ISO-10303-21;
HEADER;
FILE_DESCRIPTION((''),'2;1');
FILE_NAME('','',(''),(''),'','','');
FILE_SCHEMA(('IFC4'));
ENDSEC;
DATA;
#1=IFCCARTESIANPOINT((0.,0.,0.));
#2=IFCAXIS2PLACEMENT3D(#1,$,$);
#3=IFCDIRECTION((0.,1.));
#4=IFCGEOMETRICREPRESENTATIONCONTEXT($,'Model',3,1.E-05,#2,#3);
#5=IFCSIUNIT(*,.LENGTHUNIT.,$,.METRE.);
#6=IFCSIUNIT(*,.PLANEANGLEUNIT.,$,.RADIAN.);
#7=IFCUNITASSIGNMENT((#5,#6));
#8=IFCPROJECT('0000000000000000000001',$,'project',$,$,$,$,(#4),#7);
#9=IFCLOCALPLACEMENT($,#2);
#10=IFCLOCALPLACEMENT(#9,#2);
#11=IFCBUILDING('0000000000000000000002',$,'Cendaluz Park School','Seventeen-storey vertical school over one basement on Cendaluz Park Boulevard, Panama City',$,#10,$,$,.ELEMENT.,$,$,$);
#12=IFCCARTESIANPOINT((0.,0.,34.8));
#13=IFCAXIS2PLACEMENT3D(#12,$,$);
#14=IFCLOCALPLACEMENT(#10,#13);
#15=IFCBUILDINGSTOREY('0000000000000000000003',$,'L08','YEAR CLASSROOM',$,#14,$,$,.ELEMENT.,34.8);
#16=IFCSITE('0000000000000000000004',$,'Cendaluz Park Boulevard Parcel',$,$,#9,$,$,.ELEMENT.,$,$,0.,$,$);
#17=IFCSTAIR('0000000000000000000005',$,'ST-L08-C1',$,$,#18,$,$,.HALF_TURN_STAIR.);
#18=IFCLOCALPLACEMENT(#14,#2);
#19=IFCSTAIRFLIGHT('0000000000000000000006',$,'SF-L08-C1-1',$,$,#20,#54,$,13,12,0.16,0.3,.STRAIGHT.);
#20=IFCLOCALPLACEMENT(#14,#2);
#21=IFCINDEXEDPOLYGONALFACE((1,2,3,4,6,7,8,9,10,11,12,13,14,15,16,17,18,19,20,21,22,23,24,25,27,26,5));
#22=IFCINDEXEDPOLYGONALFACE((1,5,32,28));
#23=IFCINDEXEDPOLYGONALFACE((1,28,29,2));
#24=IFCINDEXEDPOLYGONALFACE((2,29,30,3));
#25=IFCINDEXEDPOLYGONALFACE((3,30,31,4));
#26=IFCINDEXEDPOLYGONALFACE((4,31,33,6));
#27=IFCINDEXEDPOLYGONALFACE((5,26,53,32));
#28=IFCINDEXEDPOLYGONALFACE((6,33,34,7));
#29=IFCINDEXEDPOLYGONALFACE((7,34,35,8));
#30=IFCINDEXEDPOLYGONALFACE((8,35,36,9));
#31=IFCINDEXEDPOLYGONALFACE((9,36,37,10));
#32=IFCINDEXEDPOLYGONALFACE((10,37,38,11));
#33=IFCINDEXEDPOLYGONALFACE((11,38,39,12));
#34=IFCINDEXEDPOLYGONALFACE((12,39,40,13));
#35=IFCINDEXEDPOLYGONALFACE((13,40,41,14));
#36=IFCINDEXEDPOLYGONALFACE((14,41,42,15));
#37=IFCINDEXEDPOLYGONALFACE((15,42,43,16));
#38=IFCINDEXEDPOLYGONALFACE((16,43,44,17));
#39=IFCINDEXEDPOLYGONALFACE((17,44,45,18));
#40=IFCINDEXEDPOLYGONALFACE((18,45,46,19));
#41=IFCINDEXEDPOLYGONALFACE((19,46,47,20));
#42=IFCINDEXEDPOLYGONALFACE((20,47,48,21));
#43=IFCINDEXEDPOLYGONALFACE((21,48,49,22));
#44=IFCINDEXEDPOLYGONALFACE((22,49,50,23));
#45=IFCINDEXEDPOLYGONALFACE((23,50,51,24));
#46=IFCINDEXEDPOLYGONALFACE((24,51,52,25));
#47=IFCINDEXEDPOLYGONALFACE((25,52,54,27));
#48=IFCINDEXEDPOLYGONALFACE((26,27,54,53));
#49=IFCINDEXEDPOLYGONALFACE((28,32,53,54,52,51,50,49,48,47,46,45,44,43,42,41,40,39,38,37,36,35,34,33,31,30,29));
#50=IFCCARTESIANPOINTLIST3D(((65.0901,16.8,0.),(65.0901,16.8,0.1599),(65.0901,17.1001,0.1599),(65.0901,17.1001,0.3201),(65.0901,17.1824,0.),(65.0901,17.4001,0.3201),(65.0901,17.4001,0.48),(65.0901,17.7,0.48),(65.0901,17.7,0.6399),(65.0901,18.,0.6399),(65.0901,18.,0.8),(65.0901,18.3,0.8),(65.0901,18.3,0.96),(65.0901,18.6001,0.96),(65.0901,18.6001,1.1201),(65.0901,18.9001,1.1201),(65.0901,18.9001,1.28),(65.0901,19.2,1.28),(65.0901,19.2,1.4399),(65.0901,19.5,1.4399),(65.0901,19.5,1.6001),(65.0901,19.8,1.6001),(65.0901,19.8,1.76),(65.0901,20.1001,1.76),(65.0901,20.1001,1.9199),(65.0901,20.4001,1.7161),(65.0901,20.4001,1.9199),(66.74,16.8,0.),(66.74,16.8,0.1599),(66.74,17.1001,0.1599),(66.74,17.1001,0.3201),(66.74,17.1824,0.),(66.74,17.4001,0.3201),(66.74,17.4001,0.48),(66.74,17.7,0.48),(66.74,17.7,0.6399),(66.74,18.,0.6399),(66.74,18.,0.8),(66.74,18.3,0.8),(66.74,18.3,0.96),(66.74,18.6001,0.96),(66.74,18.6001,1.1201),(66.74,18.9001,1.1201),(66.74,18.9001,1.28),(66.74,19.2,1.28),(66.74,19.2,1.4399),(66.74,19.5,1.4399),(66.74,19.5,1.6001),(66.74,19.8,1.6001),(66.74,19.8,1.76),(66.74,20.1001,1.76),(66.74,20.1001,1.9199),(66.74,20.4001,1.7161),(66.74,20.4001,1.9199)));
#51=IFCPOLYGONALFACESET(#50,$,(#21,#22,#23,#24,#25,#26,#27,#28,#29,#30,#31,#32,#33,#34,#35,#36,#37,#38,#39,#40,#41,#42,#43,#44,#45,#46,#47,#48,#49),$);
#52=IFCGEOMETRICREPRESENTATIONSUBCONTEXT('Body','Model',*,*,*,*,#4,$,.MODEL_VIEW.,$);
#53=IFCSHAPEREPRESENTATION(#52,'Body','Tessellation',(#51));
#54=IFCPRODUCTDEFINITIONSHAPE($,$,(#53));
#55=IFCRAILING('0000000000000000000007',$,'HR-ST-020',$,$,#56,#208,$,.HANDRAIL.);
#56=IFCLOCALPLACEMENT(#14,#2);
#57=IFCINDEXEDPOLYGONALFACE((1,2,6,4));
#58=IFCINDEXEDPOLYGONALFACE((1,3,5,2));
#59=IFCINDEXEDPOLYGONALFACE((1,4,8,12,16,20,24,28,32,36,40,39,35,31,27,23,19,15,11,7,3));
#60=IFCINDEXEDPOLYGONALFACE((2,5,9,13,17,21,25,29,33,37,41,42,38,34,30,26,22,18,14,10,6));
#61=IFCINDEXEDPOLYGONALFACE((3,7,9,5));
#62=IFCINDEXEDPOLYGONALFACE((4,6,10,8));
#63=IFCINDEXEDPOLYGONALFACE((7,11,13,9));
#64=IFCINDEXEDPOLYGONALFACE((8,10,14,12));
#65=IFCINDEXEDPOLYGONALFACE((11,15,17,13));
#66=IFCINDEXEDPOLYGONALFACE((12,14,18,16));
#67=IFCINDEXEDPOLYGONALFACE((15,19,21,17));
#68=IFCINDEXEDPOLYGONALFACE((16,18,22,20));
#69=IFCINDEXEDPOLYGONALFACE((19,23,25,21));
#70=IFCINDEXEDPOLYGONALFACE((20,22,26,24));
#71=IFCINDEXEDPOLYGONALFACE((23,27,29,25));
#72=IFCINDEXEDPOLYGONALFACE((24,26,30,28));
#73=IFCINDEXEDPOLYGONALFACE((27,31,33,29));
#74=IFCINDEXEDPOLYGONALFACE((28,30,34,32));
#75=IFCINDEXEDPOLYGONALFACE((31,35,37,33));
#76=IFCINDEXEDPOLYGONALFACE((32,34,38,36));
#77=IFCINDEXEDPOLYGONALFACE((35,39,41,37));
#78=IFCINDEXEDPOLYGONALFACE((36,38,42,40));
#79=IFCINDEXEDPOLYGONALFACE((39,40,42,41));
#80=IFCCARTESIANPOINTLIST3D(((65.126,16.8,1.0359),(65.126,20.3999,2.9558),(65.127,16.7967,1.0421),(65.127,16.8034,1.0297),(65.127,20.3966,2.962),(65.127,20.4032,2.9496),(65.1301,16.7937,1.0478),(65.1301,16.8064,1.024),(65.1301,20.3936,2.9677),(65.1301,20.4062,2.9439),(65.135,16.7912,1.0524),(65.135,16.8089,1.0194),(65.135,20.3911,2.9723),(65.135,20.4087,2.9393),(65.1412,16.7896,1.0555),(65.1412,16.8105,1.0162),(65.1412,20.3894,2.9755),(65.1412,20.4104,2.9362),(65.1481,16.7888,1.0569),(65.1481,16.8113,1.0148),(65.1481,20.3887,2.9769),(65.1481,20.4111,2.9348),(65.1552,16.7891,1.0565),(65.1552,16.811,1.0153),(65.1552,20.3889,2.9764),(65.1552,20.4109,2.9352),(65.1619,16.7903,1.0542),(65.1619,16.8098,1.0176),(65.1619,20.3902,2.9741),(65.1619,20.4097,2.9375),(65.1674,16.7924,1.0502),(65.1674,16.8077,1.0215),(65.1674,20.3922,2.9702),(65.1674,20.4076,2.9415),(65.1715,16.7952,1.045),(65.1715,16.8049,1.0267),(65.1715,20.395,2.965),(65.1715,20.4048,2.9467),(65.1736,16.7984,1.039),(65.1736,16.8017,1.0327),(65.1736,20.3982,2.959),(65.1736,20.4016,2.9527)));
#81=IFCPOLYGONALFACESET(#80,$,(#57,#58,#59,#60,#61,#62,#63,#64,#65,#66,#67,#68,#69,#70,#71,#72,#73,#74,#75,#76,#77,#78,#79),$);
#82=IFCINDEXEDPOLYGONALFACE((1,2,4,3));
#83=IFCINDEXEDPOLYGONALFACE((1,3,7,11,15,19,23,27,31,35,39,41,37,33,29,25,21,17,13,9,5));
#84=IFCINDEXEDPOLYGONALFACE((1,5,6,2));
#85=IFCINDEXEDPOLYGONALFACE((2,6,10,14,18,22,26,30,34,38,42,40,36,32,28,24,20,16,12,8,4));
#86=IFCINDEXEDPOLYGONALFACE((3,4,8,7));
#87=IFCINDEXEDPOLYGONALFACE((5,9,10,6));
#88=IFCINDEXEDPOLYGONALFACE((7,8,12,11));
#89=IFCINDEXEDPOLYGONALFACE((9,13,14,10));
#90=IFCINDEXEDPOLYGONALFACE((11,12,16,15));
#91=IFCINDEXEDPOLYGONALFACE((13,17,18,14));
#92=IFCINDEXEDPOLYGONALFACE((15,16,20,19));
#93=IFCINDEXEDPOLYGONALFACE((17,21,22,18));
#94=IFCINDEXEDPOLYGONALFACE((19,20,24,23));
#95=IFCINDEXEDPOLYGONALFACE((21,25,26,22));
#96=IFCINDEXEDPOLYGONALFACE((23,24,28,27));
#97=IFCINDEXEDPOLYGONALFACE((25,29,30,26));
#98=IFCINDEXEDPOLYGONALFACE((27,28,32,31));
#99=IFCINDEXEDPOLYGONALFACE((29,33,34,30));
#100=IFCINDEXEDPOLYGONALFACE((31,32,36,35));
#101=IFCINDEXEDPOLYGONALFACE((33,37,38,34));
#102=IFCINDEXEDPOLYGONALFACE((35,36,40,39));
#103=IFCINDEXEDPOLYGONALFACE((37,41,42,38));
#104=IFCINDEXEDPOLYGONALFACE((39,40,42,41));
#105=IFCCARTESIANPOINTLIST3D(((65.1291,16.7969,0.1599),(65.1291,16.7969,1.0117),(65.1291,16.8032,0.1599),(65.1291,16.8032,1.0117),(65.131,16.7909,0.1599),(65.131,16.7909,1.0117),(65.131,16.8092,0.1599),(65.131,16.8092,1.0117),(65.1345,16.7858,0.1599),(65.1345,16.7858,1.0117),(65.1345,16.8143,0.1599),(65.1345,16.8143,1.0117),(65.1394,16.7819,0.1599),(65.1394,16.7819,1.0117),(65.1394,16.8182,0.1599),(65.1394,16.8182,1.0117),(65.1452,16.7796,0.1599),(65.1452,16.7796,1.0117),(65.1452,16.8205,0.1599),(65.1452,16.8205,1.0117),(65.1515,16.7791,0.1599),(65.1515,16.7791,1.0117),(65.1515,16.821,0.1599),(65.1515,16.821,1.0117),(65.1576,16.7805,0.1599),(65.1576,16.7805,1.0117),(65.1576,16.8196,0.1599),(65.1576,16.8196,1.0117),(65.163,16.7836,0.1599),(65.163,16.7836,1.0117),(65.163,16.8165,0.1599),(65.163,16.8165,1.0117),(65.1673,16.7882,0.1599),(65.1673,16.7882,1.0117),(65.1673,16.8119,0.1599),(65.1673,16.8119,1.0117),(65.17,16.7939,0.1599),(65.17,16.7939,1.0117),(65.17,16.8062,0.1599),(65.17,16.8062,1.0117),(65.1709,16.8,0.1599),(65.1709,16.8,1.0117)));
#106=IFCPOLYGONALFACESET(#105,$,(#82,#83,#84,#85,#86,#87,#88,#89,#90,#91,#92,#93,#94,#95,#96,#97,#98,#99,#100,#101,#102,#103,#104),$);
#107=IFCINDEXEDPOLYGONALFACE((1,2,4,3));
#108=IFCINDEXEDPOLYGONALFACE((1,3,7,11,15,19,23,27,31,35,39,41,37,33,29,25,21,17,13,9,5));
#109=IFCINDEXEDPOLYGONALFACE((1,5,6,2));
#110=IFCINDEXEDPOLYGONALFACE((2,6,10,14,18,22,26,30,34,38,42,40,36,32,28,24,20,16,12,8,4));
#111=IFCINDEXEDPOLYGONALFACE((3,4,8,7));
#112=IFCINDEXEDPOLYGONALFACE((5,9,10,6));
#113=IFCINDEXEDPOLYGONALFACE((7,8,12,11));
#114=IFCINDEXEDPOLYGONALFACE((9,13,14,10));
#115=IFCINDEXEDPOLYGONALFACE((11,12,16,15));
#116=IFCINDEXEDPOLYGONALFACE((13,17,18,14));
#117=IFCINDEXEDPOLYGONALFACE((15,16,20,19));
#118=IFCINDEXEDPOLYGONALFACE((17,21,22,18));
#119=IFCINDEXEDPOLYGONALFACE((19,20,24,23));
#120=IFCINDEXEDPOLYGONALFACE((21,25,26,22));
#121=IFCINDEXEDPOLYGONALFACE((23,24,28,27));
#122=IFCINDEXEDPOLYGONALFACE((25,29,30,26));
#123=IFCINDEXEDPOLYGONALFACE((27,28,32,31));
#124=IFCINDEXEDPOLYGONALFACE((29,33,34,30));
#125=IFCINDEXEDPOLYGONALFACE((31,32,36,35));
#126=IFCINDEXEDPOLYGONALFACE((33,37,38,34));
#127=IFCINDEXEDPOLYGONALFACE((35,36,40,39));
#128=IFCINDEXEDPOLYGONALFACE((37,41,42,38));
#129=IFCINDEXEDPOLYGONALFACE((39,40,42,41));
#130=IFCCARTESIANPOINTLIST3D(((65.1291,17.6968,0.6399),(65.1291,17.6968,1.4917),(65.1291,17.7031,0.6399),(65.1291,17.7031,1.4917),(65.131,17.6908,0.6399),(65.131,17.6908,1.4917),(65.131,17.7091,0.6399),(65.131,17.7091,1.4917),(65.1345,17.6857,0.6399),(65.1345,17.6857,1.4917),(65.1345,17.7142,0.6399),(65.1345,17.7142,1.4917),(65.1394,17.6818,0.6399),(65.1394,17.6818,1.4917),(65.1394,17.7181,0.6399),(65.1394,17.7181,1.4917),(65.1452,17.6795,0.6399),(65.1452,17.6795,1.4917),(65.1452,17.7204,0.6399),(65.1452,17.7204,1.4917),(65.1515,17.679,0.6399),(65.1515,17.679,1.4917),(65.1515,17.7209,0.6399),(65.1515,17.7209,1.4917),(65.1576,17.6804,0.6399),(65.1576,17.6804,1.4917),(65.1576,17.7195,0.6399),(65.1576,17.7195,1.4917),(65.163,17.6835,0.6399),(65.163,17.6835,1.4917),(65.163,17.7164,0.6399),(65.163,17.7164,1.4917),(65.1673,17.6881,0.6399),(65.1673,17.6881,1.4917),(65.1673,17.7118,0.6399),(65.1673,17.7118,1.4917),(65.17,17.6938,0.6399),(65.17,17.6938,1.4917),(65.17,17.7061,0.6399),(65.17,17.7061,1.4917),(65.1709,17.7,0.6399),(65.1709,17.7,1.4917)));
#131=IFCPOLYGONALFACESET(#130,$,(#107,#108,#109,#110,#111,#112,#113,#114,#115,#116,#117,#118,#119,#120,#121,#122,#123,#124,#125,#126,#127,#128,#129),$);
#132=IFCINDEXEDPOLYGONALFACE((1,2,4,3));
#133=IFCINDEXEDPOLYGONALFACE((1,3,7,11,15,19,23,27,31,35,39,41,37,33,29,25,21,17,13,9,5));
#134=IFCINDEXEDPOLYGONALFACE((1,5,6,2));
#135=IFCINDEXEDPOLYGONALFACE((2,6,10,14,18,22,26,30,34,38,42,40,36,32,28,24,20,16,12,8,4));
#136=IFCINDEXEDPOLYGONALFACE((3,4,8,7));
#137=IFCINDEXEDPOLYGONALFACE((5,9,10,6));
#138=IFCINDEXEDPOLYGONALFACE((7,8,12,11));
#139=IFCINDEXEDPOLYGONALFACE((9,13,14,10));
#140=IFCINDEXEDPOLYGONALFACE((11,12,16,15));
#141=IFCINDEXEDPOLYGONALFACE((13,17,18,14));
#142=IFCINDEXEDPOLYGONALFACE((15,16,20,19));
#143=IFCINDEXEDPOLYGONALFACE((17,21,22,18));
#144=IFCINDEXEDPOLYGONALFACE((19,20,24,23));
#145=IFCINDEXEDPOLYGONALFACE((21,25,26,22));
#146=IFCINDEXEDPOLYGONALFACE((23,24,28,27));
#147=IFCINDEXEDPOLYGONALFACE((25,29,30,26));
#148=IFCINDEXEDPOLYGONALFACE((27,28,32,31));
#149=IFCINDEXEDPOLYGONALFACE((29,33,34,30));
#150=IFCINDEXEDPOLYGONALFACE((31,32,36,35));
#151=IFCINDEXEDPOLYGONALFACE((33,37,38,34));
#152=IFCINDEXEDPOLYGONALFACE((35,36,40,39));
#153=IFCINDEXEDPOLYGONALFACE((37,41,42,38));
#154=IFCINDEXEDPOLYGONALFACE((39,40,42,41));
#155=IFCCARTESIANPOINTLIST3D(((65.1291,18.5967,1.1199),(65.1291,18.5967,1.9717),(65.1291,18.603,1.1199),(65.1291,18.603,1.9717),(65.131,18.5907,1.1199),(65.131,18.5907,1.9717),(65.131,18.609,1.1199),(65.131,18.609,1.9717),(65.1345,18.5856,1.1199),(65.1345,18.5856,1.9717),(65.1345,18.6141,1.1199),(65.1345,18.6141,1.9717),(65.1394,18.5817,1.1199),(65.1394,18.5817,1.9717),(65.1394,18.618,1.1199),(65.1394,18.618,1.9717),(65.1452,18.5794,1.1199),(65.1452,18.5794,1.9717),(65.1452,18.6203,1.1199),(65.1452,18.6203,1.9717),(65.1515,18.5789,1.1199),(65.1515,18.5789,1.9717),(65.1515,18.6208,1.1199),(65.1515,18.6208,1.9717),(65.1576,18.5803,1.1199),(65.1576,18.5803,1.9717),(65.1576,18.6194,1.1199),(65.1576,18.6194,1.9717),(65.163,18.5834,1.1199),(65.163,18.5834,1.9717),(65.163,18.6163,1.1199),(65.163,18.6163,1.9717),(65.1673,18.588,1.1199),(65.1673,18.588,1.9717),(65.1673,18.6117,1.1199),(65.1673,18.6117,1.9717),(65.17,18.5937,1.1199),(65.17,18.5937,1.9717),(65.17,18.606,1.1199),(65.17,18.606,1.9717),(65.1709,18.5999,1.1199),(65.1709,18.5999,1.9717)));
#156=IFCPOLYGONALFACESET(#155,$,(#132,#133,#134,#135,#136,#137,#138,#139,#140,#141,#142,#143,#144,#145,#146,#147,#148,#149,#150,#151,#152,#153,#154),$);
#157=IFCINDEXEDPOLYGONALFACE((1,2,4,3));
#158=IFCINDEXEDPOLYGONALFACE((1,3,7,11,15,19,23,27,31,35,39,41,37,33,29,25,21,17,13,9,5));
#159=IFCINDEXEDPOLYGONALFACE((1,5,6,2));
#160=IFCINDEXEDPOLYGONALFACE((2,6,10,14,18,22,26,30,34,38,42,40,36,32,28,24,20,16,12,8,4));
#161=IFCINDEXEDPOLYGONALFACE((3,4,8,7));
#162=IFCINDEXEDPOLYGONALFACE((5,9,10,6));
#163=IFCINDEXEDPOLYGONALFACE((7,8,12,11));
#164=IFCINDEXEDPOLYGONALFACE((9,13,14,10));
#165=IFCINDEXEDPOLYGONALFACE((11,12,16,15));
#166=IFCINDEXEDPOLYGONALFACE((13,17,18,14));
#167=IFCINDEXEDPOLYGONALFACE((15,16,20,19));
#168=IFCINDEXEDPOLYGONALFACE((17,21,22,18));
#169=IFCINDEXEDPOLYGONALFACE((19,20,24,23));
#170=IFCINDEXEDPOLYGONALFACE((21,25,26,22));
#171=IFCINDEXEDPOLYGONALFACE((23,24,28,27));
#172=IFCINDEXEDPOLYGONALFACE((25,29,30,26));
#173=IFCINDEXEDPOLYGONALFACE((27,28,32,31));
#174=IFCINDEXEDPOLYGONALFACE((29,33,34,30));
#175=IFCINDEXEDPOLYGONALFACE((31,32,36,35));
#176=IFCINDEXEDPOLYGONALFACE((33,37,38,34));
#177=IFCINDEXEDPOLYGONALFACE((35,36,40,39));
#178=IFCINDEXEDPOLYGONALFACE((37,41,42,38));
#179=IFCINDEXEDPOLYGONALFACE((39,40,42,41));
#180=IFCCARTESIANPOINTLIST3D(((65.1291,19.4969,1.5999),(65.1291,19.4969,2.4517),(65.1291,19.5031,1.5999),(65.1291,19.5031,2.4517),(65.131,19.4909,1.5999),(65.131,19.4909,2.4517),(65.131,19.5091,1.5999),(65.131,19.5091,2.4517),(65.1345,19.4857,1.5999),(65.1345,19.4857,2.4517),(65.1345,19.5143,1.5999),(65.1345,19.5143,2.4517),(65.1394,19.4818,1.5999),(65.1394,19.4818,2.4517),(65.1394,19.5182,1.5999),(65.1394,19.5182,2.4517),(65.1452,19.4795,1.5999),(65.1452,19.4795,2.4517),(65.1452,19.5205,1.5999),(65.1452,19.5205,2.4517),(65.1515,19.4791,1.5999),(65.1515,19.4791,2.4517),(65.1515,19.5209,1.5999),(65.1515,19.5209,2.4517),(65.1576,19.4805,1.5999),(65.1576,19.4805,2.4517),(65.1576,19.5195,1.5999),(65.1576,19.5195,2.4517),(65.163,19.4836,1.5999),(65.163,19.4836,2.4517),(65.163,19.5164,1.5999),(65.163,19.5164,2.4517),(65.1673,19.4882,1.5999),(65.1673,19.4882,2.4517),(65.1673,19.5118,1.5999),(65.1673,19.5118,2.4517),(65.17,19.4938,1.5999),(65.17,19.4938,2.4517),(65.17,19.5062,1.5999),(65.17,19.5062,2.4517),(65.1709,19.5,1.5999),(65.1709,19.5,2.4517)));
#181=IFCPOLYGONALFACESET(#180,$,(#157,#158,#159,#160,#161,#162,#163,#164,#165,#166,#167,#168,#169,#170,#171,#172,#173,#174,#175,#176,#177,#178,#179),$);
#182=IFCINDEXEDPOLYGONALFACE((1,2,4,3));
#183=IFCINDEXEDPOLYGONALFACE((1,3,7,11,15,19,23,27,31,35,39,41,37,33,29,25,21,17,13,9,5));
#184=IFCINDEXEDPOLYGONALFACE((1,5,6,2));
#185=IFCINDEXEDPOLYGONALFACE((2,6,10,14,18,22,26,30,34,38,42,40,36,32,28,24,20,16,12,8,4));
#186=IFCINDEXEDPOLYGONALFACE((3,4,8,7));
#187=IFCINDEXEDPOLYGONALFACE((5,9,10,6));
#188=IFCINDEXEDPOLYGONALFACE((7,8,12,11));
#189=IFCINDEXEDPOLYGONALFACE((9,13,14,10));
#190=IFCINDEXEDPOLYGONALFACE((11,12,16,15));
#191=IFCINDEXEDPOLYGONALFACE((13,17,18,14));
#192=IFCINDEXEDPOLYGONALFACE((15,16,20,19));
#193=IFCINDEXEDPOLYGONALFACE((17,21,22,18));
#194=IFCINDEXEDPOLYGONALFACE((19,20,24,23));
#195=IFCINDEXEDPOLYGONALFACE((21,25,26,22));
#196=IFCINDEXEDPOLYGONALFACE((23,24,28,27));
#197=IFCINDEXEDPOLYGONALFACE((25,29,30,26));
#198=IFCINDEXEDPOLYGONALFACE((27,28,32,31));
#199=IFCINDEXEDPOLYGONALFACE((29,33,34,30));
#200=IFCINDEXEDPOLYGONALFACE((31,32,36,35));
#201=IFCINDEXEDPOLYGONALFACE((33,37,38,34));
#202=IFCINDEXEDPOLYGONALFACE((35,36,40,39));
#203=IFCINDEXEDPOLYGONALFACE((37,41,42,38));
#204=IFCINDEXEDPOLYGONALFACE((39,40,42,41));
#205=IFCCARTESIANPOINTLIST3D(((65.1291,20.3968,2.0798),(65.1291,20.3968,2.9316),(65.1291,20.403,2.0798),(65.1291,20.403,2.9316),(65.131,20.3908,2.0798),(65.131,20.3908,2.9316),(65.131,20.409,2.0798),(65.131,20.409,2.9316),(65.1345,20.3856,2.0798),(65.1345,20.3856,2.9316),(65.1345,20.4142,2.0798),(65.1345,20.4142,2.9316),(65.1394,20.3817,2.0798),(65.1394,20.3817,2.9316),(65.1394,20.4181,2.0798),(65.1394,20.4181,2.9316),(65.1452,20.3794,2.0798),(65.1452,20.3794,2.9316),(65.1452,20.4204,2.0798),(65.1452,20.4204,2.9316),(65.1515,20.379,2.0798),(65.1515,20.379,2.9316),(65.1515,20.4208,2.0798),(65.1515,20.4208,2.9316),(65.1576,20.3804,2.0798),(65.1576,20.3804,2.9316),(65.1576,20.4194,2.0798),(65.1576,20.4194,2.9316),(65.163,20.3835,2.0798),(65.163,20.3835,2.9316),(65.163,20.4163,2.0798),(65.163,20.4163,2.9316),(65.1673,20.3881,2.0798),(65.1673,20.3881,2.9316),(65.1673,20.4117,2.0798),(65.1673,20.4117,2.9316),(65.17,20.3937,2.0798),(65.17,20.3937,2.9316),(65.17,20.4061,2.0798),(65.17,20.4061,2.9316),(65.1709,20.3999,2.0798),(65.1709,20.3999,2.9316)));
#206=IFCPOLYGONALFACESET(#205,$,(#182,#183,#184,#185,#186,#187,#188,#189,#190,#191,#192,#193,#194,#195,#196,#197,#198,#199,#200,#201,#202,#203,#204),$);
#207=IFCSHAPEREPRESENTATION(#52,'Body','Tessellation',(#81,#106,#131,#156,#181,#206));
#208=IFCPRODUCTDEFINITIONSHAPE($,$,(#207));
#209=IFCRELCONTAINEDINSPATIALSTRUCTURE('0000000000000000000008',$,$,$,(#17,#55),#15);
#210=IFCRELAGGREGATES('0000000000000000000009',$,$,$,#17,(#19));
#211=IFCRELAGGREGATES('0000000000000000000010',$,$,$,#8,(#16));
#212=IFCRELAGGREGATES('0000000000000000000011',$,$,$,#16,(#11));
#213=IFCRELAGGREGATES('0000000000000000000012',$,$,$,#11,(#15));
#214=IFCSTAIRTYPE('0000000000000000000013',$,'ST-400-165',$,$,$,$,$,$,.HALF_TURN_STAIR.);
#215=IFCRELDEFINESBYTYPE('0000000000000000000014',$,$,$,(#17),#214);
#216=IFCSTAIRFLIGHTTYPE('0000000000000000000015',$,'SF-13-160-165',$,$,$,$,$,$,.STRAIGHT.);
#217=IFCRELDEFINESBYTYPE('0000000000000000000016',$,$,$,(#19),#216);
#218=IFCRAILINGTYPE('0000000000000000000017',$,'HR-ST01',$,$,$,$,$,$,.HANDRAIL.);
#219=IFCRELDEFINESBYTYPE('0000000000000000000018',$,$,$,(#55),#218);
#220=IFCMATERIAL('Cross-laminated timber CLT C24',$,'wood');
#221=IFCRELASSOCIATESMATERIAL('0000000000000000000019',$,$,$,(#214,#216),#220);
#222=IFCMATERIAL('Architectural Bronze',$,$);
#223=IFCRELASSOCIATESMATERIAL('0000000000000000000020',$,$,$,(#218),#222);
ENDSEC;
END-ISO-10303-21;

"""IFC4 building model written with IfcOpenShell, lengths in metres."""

from ifc_helpers import new_model, si_unit, direction, frame, origin, origin_2d, place, context, subcontext, project, spatial, polyline, circle, outline, extrude, material, type_object, element, aggregate, save


model = new_model("IFC4")

# Units and contexts
model_context = context("Model", 3, precision=1e-05, world=origin(), true_north=direction((0.0, 1.0)))
body_context = subcontext(model_context, "Body", "Model", "MODEL_VIEW")
ifc_project = project(units=[si_unit("LENGTHUNIT", "METRE"), si_unit("PLANEANGLEUNIT", "RADIAN")], contexts=[model_context])

# Site, building, storey
site_placement = place(None, origin())
site = spatial("IfcSite", under=ifc_project, at=site_placement, Name="Cendaluz Park Boulevard Parcel", CompositionType="ELEMENT", RefElevation=0.0)
building_placement = place(site_placement, origin())
building = spatial("IfcBuilding", under=site, at=building_placement, Name="Cendaluz Park School", Description="Seventeen-storey vertical school over one basement on Cendaluz Park Boulevard, Panama City", CompositionType="ELEMENT")
storey_placement = place(building_placement, frame((0.0, 0.0, 34.8)))
storey = spatial("IfcBuildingStorey", under=building, at=storey_placement, Name="L08", Description="YEAR CLASSROOM", CompositionType="ELEMENT", Elevation=34.8)

# Shared definitions
ifc_material_1 = material(Name="Cross-laminated timber CLT C24", Category="wood")

# Stair, stair flight
stair_type = type_object("IfcStairType", Name="ST-400-165", PredefinedType="HALF_TURN_STAIR", material=ifc_material_1)
stair_placement = place(storey_placement, origin())
stair = element("IfcStair", 1, at=stair_placement, inside=storey, type_object=stair_type, Name="ST-L08-C1", PredefinedType="HALF_TURN_STAIR")
stair_flight_type = type_object("IfcStairFlightType", Name="SF-13-160-165", PredefinedType="STRAIGHT", material=ifc_material_1)
stair_flight_placement = place(storey_placement, frame((65.915, 16.8, 0.0), z_axis=(0.0, 0.0, 1.0), x_axis=(0.0, 1.0, 0.0)))
stair_flight = element("IfcStairFlight", 2, at=stair_flight_placement, type_object=stair_flight_type, Name="SF-L08-C1-1", NumberOfRisers=13, NumberOfTreads=12, PredefinedType="STRAIGHT", RiserHeight=0.16, TreadLength=0.3, context=body_context, shape_type="SweptSolid", body=[
    extrude(outline(polyline([(0.0, 0.0), (0.0, 0.1599), (0.3, 0.1599), (0.3, 0.3201), (0.6001, 0.3201), (0.6001, 0.48), (0.8999, 0.48), (0.8999, 0.6399), (1.2, 0.6399), (1.2, 0.8), (1.5, 0.8), (1.5, 0.96), (1.8, 0.96), (1.8, 1.1201), (2.1001, 1.1201), (2.1001, 1.28), (2.3999, 1.28), (2.3999, 1.4399), (2.7, 1.4399), (2.7, 1.6001), (3.0, 1.6001), (3.0, 1.76), (3.3, 1.76), (3.3, 1.9199), (3.6001, 1.9199), (3.6001, 2.0801), (3.6001, 1.7161), (0.3823, 0.0), (0.0, 0.0)])), frame((0.0, 0.825, 0.0), z_axis=(0.0, -1.0, 0.0), x_axis=(1.0, 0.0, 0.0)), (0.0, 0.0, 1.0), 1.6499),
])
aggregate(stair, [stair_flight])

# Railing
ifc_material_2 = material(Name="Architectural Bronze")
railing_type_1 = type_object("IfcRailingType", Name="HR-ST01", PredefinedType="HANDRAIL", material=ifc_material_2)
railing_1_placement = place(storey_placement, frame((65.1499, 16.8, 0.1599)))
element("IfcRailing", 3, at=railing_1_placement, inside=storey, type_object=railing_type_1, Name="HR-ST-020", PredefinedType="HANDRAIL", context=body_context, shape_type="SweptSolid", body=[
    extrude(circle(Radius=0.0239, at=origin_2d()), frame((0.0, 0.0, 0.876), z_axis=(0.0, 0.882353, 0.470588), x_axis=(-1.0, 0.0, 0.0)), (0.0, 0.0, 1.0), 4.0798),
    extrude(circle(Radius=0.021, at=origin_2d()), origin(), (0.0, 0.0, 1.0), 0.8518),
    extrude(circle(Radius=0.021, at=origin_2d()), frame((0.0, 0.8999, 0.48)), (0.0, 0.0, 1.0), 0.8518),
    extrude(circle(Radius=0.021, at=origin_2d()), frame((0.0, 1.7998, 0.96)), (0.0, 0.0, 1.0), 0.8518),
    extrude(circle(Radius=0.021, at=origin_2d()), frame((0.0, 2.7, 1.4399)), (0.0, 0.0, 1.0), 0.8518),
    extrude(circle(Radius=0.021, at=origin_2d()), frame((0.0, 3.5999, 1.9199)), (0.0, 0.0, 1.0), 0.8518),
])

save(model, "model.ifc")
